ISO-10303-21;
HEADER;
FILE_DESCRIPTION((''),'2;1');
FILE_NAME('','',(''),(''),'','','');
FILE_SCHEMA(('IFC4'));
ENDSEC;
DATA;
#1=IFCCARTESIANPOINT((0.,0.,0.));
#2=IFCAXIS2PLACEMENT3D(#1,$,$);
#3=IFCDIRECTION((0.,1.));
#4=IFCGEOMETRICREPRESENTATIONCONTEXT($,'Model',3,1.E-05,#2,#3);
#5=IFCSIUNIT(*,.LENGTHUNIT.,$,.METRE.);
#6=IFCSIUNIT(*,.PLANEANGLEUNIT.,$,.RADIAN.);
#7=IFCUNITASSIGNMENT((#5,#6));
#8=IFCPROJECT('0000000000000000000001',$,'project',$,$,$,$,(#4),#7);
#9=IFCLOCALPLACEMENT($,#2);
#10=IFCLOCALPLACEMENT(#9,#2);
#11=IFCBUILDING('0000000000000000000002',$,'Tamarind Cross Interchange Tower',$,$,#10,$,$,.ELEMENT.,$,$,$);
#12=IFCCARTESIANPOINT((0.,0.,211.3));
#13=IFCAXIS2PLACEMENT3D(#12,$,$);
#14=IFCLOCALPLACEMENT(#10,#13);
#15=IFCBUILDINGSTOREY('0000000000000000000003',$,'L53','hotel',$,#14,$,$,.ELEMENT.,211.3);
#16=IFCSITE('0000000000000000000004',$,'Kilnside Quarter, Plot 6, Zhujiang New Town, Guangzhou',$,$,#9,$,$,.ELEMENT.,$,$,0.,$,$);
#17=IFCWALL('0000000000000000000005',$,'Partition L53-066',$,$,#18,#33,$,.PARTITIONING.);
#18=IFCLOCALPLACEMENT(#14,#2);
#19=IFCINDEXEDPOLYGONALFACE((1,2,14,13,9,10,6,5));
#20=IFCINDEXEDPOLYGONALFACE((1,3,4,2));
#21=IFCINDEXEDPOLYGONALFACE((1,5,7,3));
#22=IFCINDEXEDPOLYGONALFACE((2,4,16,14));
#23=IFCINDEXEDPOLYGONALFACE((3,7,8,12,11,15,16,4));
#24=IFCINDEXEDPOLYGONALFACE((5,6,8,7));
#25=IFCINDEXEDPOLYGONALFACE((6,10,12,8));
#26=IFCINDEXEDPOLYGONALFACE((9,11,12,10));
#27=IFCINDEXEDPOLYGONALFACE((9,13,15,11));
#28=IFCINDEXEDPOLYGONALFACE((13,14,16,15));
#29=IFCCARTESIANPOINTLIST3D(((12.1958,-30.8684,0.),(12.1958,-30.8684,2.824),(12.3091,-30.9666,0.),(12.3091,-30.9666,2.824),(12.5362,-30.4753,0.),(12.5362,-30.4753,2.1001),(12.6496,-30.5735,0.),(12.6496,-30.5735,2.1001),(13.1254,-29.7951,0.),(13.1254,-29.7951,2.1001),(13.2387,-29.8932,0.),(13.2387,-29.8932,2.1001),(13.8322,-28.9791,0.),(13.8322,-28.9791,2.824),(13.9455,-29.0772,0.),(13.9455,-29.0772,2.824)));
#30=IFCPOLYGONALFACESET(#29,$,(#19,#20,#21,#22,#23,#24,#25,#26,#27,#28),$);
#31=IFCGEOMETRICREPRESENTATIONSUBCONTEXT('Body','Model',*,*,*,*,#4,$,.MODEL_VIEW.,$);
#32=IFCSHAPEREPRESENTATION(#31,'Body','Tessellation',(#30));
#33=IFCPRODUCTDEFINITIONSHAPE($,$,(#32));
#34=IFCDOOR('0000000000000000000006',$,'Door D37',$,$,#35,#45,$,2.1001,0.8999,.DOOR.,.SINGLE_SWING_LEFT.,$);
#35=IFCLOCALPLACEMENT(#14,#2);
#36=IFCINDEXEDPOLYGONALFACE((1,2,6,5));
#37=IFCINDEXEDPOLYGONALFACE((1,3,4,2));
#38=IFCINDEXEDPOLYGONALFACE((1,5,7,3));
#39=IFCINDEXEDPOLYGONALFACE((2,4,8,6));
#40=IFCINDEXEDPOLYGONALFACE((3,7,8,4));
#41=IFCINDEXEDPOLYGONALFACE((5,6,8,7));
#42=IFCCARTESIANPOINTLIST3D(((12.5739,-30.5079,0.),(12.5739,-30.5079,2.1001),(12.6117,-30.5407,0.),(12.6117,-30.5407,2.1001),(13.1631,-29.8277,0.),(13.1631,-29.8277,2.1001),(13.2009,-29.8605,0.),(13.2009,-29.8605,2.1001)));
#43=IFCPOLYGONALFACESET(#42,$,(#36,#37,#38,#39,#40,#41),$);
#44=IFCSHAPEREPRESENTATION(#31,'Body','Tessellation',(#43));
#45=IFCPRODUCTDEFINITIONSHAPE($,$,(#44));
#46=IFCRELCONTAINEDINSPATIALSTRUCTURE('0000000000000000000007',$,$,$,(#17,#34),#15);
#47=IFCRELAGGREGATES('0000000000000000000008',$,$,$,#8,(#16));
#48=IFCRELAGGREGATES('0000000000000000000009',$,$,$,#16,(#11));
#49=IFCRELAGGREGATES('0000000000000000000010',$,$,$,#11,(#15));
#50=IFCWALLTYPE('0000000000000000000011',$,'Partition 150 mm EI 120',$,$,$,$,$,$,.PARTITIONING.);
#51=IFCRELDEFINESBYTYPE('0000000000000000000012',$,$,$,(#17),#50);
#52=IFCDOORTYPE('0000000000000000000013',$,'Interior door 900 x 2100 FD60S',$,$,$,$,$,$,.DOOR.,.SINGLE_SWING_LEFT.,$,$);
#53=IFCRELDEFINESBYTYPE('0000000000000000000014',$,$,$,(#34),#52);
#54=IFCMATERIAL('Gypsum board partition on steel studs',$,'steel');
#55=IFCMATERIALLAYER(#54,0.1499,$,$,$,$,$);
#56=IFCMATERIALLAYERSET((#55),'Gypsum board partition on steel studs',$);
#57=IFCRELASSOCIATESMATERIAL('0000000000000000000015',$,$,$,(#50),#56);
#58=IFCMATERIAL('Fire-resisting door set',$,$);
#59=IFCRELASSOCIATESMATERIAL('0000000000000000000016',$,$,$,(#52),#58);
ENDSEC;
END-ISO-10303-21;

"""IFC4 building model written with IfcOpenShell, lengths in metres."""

from ifc_helpers import new_model, si_unit, direction, frame, frame_2d, origin, place, context, subcontext, project, spatial, rectangle, extrude, material, layer, layer_set, type_object, element, fill, save


model = new_model("IFC4")

# Units and contexts
model_context = context("Model", 3, precision=1e-05, world=origin(), true_north=direction((0.0, 1.0)))
body_context = subcontext(model_context, "Body", "Model", "MODEL_VIEW")
ifc_project = project(units=[si_unit("LENGTHUNIT", "METRE"), si_unit("PLANEANGLEUNIT", "RADIAN")], contexts=[model_context])

# Site, building, storey
site_placement = place(None, origin())
site = spatial("IfcSite", under=ifc_project, at=site_placement, Name="Kilnside Quarter, Plot 6, Zhujiang New Town, Guangzhou", CompositionType="ELEMENT", RefElevation=0.0)
building_placement = place(site_placement, origin())
building = spatial("IfcBuilding", under=site, at=building_placement, Name="Tamarind Cross Interchange Tower", CompositionType="ELEMENT")
storey_placement = place(building_placement, frame((0.0, 0.0, 211.3)))
storey = spatial("IfcBuildingStorey", under=building, at=storey_placement, Name="L53", Description="hotel", CompositionType="ELEMENT", Elevation=211.3)

# Shared definitions
ifc_material_1 = material(Name="Gypsum board partition on steel studs", Category="steel")
ifc_layer_1 = layer(ifc_material_1, 0.1499)
ifc_layer_set_1 = layer_set([ifc_layer_1], Name="Gypsum board partition on steel studs")
wall_type = type_object("IfcWallType", Name="Partition 150 mm EI 120", PredefinedType="PARTITIONING", material=ifc_layer_set_1)

# Shared definitions
ifc_material_2 = material(Name="Fire-resisting door set")

# Shared definitions
door_type_1 = type_object("IfcDoorType", Name="Interior door 900 x 2100 FD60S", OperationType="SINGLE_SWING_LEFT", PredefinedType="DOOR", material=ifc_material_2)

# Wall, opening, door
wall_1_placement = place(storey_placement, frame((12.2524, -30.9175, 0.0), z_axis=(0.0, 0.0, 1.0), x_axis=(0.6547, 0.755889, 0.0)))
wall_1 = element("IfcWall", 1, at=wall_1_placement, inside=storey, type_object=wall_type, Name="Partition L53-066", PredefinedType="PARTITIONING", context=body_context, shape_type="SweptSolid", body=[
    extrude(rectangle(XDim=2.4995, YDim=0.1499, at=frame_2d((1.2498, 0.0))), origin(), (0.0, 0.0, 1.0), 2.824),
])
opening_1_placement = place(wall_1_placement, frame((0.52, 0.0, 0.0)))
opening_1 = element("IfcOpeningElement", 2, at=opening_1_placement, cuts=wall_1, PredefinedType="OPENING", context=body_context, shape_type="SweptSolid", body=[
    extrude(rectangle(XDim=0.8999, YDim=2.1001, at=frame_2d((0.45, 1.05))), frame((0.0, 0.085, 0.0), z_axis=(0.0, -1.0, 0.0), x_axis=(1.0, 0.0, 0.0)), (0.0, 0.0, 1.0), 0.1699),
])
door_1_placement = place(opening_1_placement, frame((0.8999, 0.0, 0.0), z_axis=(0.0, 0.0, 1.0), x_axis=(-1.0, 0.0, 0.0)))
door_1 = element("IfcDoor", 3, at=door_1_placement, inside=storey, type_object=door_type_1, Name="Door D37", OperationType="SINGLE_SWING_LEFT", OverallHeight=2.1001, OverallWidth=0.8999, PredefinedType="DOOR", context=body_context, shape_type="SweptSolid", body=[
    extrude(rectangle(XDim=0.8999, YDim=2.1001, at=frame_2d((0.45, 1.05))), frame((0.0, 0.0249, 0.0), z_axis=(0.0, -1.0, 0.0), x_axis=(1.0, 0.0, 0.0)), (0.0, 0.0, 1.0), 0.05),
])
fill(opening_1, door_1)

save(model, "model.ifc")
